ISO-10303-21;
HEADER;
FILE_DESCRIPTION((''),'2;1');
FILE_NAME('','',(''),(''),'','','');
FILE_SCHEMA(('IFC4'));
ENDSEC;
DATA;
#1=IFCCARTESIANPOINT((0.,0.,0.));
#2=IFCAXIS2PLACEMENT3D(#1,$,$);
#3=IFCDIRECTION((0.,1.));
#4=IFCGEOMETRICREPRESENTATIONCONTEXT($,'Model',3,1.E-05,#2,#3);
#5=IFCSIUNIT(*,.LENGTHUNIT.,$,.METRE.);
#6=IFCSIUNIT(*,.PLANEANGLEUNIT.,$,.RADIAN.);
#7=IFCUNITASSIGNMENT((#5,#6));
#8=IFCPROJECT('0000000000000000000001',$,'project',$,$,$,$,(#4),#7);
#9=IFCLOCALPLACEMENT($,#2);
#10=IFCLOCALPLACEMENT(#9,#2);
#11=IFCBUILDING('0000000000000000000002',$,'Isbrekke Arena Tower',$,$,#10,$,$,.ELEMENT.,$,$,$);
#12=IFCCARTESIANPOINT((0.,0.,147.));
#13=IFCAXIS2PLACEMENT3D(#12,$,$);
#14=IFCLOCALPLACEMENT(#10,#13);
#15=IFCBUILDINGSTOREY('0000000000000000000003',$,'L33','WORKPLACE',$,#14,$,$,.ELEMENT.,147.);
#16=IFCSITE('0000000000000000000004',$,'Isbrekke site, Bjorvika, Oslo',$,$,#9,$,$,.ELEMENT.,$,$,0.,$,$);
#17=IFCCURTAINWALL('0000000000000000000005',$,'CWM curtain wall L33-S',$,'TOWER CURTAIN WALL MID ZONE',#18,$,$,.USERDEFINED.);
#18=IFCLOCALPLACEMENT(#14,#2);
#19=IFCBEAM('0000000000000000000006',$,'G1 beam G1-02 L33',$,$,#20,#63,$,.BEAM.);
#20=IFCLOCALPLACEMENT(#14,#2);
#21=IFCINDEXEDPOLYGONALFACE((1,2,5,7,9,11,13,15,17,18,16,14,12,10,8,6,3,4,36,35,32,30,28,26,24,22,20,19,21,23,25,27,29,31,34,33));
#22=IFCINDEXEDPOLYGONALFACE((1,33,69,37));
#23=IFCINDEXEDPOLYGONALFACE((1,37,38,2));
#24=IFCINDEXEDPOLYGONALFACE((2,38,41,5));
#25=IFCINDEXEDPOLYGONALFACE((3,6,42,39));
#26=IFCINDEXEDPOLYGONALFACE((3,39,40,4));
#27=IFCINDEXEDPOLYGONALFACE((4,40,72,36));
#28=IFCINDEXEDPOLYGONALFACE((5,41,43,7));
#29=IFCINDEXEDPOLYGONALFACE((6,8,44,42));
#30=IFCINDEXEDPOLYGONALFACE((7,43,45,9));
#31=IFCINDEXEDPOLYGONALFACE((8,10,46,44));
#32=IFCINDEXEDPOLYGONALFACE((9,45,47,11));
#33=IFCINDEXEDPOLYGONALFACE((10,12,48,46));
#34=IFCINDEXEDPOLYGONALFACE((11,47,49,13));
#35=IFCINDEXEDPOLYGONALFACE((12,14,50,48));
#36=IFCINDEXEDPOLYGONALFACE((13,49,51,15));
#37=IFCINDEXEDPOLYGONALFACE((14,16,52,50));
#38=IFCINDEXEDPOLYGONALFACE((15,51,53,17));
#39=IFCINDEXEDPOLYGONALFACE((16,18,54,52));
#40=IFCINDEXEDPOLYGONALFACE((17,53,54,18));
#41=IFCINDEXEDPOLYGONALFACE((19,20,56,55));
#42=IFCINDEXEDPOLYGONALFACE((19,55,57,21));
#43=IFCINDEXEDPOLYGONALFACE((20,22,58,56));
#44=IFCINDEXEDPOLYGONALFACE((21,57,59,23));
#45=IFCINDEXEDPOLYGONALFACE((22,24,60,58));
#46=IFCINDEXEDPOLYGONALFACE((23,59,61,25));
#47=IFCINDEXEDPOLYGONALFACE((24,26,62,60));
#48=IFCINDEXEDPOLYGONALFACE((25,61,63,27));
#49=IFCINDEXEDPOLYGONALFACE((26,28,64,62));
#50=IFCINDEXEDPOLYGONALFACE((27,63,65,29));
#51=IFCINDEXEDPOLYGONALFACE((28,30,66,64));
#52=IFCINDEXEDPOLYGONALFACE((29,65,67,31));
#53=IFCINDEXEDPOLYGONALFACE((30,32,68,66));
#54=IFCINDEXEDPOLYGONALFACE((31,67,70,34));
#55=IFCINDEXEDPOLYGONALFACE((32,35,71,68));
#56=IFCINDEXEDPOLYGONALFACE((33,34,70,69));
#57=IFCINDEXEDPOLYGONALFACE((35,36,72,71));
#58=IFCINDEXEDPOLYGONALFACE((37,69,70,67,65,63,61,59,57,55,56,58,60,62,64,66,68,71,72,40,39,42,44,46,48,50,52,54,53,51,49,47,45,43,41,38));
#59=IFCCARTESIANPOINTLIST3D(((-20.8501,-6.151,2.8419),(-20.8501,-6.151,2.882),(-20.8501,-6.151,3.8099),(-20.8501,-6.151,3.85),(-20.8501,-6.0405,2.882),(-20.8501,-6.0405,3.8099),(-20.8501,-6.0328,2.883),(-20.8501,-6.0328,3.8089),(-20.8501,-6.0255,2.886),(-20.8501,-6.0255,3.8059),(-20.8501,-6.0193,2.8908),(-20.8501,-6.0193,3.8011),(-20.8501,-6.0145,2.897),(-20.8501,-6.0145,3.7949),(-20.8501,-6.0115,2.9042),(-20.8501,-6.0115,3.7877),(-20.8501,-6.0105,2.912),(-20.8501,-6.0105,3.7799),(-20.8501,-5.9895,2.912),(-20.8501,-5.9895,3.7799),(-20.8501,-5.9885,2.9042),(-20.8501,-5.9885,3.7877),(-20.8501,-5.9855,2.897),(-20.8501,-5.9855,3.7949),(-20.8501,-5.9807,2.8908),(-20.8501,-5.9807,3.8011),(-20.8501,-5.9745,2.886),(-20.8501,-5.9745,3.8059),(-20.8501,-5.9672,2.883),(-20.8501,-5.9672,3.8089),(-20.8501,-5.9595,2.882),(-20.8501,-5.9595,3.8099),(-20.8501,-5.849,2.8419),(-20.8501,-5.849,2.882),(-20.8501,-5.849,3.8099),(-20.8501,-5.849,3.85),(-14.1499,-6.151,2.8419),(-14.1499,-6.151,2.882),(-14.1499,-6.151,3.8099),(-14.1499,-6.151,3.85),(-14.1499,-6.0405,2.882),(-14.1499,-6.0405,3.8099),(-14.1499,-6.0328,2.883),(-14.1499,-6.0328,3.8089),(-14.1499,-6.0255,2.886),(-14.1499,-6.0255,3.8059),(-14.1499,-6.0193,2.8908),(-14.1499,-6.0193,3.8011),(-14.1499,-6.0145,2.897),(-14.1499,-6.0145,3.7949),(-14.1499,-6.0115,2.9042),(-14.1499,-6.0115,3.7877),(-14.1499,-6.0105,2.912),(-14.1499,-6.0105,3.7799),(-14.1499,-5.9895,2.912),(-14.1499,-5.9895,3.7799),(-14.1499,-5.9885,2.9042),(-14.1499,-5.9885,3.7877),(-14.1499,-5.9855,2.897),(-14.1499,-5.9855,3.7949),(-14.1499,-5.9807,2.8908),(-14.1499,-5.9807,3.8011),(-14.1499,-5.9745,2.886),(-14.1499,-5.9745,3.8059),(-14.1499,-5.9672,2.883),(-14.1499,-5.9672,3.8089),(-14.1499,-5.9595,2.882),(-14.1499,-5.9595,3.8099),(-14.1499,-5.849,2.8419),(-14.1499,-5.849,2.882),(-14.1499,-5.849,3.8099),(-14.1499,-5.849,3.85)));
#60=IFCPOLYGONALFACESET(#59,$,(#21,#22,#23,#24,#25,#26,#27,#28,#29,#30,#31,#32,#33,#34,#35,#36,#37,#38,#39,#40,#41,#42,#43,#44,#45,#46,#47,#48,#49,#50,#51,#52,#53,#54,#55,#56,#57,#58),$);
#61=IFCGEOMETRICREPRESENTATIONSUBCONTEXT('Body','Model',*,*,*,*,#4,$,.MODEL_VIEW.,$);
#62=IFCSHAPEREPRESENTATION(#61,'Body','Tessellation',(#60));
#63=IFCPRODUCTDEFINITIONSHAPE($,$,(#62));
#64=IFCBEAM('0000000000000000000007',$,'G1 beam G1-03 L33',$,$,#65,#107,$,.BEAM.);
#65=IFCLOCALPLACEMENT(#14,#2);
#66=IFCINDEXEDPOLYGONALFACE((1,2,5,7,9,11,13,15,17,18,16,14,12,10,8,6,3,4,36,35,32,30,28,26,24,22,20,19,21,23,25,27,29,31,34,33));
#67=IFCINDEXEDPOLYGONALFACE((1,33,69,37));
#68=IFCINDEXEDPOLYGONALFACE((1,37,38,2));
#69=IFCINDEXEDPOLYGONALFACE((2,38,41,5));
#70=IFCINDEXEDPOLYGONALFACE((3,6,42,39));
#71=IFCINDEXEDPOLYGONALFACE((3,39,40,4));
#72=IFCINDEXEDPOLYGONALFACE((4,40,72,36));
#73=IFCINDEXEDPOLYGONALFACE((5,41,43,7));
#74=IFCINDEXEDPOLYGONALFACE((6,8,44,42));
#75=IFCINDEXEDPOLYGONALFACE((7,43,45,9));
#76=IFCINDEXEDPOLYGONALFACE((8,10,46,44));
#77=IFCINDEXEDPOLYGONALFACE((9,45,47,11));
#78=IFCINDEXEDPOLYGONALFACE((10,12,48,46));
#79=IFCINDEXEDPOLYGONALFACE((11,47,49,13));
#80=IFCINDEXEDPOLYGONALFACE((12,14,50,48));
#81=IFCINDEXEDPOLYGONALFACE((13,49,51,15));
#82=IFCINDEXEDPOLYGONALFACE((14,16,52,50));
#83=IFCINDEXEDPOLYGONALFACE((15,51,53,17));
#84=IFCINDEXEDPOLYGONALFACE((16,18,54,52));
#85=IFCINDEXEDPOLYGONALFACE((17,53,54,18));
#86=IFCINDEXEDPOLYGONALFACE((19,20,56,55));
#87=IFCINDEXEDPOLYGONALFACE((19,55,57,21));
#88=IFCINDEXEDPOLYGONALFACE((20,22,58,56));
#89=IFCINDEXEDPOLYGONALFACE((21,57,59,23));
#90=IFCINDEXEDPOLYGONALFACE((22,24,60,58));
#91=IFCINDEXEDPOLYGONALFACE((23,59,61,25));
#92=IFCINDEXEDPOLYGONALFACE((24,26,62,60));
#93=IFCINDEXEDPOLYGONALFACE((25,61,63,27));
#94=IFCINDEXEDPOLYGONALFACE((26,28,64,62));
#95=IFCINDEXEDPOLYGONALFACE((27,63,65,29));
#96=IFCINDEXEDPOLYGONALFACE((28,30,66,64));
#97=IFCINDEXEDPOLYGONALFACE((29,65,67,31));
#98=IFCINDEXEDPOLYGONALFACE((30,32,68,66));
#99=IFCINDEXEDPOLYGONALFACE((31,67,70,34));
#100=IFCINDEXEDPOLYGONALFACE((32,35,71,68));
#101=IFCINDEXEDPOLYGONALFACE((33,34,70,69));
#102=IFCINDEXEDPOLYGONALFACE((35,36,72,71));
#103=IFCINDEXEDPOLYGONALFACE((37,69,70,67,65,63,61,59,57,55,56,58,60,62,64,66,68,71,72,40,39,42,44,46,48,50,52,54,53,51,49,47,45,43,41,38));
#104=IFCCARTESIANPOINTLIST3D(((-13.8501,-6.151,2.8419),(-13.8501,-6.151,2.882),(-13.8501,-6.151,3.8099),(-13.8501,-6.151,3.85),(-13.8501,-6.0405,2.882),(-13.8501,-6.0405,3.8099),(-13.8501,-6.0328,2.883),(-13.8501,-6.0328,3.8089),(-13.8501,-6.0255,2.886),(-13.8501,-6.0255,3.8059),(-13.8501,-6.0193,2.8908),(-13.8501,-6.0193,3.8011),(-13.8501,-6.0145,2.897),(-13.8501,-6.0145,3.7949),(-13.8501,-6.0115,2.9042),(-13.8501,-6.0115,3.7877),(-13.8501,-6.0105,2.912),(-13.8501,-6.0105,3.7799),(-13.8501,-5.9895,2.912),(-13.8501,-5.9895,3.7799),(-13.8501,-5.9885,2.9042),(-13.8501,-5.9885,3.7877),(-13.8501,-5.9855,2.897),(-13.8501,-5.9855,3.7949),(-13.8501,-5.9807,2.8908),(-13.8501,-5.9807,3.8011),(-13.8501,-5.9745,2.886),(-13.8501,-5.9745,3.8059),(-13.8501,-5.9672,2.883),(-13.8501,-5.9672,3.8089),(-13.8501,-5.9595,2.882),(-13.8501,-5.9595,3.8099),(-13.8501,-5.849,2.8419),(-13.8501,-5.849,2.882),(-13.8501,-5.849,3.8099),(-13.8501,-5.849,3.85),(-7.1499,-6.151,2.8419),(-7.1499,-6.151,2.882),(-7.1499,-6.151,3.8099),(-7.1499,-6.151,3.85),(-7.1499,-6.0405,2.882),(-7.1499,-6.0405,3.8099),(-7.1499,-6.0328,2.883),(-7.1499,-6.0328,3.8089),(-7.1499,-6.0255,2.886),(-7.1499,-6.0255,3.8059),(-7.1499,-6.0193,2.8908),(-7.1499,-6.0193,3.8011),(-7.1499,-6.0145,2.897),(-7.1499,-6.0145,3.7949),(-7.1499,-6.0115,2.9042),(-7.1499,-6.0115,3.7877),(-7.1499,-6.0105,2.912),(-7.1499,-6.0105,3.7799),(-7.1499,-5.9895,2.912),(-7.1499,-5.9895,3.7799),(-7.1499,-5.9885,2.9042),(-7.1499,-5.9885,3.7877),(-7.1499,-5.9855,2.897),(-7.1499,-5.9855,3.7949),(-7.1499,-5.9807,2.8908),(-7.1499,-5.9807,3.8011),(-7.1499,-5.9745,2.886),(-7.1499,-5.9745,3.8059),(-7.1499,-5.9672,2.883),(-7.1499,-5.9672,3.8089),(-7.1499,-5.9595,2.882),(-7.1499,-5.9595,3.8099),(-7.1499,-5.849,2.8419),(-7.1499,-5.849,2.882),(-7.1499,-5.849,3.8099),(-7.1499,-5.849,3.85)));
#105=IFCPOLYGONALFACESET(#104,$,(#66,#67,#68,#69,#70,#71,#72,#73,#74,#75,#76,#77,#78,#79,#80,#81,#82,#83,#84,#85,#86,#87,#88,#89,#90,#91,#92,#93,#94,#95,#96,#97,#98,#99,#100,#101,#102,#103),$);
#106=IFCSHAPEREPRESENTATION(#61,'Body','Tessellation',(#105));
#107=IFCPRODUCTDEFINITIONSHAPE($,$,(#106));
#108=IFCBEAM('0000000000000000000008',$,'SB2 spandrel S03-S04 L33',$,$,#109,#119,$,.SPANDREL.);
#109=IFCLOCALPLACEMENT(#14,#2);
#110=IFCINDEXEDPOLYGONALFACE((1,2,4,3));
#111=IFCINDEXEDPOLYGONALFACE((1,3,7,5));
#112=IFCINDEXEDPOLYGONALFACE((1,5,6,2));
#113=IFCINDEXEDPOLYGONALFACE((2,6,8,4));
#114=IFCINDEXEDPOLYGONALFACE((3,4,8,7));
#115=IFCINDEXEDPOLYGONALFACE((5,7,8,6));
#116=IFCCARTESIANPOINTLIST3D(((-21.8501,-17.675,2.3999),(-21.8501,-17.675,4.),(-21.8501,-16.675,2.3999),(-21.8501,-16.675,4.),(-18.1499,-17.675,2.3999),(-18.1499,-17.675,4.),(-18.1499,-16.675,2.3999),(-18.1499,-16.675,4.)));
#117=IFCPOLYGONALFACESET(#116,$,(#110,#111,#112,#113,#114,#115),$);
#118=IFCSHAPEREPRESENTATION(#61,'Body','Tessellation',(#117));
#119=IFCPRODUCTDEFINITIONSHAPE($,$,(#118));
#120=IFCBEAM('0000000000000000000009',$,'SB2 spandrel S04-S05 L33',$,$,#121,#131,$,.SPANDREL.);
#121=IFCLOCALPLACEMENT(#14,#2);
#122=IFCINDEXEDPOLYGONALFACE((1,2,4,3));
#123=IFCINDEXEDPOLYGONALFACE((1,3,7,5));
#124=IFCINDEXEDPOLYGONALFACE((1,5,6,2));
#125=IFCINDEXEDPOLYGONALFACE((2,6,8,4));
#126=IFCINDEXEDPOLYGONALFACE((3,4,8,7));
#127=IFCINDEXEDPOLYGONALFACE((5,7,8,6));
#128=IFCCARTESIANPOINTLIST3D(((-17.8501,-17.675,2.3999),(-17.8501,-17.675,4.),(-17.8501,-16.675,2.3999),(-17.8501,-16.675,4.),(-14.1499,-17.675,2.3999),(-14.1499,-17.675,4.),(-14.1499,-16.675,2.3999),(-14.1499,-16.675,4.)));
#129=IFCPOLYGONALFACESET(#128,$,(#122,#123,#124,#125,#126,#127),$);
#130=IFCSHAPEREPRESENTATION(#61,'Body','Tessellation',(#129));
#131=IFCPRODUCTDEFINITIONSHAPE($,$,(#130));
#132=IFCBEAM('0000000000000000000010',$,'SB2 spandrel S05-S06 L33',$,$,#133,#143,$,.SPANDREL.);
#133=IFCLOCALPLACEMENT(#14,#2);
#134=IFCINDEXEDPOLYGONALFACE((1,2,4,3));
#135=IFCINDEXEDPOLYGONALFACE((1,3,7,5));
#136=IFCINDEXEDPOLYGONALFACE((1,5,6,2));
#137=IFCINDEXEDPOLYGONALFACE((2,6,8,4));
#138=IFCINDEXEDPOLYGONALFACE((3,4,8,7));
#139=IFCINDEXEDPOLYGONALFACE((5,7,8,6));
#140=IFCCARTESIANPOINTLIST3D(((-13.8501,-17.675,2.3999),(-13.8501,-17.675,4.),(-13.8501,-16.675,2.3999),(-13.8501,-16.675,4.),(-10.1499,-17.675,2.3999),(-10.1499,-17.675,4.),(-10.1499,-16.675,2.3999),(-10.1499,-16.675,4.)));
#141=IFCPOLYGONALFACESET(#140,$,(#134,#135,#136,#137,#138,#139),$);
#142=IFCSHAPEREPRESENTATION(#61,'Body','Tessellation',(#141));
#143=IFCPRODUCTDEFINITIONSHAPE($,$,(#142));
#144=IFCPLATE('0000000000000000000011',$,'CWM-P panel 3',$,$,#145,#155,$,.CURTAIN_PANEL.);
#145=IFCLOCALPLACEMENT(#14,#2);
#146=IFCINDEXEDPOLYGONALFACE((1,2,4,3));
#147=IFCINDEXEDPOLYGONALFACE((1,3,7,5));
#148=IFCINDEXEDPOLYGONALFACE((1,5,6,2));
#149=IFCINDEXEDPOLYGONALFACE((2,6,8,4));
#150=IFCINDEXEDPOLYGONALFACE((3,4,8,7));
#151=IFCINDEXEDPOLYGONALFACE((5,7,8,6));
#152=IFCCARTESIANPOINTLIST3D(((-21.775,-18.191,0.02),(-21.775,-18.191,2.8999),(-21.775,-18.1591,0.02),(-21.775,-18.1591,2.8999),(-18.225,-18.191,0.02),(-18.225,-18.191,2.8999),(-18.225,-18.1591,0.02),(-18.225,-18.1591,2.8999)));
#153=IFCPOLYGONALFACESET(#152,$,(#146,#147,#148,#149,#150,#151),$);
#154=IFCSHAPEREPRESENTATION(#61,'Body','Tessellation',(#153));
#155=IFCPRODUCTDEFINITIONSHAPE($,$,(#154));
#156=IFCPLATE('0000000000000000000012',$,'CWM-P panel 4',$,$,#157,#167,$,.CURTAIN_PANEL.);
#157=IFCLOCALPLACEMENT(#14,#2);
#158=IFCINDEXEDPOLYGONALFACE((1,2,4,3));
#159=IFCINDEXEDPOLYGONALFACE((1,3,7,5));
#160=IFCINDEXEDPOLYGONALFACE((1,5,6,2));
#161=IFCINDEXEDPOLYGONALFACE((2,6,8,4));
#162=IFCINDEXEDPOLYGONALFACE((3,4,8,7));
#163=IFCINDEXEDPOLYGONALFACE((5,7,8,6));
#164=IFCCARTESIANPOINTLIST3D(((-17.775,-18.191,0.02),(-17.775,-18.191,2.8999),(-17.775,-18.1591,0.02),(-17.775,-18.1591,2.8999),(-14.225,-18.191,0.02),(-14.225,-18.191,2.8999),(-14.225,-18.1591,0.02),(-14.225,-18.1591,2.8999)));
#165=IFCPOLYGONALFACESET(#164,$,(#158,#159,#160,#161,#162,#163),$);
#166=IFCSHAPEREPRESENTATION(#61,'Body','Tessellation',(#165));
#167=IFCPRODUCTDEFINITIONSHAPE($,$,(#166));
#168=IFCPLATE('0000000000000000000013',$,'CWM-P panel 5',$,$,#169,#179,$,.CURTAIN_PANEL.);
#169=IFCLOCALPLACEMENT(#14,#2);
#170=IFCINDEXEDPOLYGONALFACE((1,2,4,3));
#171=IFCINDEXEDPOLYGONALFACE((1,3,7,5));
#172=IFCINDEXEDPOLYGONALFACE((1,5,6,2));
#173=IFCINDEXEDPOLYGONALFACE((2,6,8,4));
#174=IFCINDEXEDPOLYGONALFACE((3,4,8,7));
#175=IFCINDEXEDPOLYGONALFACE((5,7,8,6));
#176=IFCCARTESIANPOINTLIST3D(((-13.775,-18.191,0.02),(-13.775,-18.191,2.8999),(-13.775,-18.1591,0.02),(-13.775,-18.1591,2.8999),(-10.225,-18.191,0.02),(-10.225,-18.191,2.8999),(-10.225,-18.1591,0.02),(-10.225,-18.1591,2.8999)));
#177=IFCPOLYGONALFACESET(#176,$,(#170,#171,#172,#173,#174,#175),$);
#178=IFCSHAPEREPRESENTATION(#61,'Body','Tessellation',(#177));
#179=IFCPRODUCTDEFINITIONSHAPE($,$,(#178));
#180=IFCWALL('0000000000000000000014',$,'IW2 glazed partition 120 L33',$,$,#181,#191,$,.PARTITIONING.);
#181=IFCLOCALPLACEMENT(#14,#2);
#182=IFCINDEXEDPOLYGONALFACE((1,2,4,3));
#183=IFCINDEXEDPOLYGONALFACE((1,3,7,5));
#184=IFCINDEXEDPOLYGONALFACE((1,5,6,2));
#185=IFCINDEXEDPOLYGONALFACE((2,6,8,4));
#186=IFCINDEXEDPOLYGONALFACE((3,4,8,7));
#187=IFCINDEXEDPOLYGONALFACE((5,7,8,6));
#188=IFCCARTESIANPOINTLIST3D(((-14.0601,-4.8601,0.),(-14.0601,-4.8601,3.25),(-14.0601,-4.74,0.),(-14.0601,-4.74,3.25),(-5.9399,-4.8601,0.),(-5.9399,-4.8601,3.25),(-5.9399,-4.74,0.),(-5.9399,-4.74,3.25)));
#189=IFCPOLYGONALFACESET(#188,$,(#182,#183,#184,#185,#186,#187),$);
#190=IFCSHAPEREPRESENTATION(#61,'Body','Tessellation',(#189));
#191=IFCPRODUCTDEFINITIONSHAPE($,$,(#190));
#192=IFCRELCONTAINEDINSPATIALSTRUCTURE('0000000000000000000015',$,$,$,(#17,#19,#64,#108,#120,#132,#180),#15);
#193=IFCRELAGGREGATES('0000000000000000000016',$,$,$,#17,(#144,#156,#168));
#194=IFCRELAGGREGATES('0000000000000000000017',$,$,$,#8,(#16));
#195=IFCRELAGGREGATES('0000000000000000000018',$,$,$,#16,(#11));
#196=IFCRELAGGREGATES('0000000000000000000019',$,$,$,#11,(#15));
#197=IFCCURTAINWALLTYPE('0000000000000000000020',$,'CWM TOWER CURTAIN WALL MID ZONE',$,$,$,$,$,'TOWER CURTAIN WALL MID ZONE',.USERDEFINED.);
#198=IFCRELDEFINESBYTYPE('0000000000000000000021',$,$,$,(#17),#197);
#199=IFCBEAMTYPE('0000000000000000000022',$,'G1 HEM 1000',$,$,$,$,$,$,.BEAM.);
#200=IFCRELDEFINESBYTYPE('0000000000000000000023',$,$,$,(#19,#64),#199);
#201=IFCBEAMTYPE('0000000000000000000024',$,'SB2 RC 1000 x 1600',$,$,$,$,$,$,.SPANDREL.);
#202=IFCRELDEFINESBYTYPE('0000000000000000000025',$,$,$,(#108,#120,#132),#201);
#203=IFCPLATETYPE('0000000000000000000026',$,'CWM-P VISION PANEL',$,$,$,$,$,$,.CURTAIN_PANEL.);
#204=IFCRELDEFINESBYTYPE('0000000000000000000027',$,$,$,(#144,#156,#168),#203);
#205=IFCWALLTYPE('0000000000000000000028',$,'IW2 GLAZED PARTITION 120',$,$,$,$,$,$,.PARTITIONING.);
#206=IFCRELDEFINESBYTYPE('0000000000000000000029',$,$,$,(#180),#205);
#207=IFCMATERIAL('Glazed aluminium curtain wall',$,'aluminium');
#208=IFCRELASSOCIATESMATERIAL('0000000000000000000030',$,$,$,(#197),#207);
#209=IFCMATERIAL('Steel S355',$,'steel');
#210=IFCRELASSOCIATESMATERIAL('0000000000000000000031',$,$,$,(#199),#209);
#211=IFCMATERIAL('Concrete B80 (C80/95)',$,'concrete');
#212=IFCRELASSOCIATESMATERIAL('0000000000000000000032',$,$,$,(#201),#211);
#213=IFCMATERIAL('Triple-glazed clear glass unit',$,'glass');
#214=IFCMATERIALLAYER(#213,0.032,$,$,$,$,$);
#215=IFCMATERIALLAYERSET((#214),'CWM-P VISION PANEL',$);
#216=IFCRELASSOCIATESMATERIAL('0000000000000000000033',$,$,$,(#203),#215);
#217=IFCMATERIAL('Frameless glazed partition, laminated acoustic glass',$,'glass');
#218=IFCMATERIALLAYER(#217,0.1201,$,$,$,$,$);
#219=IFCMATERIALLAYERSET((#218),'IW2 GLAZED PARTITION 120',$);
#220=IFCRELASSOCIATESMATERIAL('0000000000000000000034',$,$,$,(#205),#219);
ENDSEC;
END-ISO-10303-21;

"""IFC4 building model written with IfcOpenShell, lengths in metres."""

from ifc_helpers import new_model, si_unit, direction, frame, frame_2d, origin, origin_2d, place, context, subcontext, project, spatial, rectangle, i_section, extrude, material, layer, layer_set, material_profile, profile_set, type_object, element, aggregate, save


model = new_model("IFC4")

# Units and contexts
model_context = context("Model", 3, precision=1e-05, world=origin(), true_north=direction((0.0, 1.0)))
body_context = subcontext(model_context, "Body", "Model", "MODEL_VIEW")
ifc_project = project(units=[si_unit("LENGTHUNIT", "METRE"), si_unit("PLANEANGLEUNIT", "RADIAN")], contexts=[model_context])

# Site, building, storey
site_placement = place(None, origin())
site = spatial("IfcSite", under=ifc_project, at=site_placement, Name="Isbrekke site, Bjorvika, Oslo", CompositionType="ELEMENT", RefElevation=0.0)
building_placement = place(site_placement, origin())
building = spatial("IfcBuilding", under=site, at=building_placement, Name="Isbrekke Arena Tower", CompositionType="ELEMENT")
storey_placement = place(building_placement, frame((0.0, 0.0, 147.0)))
storey = spatial("IfcBuildingStorey", under=building, at=storey_placement, Name="L33", Description="WORKPLACE", CompositionType="ELEMENT", Elevation=147.0)

# Curtain wall
ifc_material_1 = material(Name="Glazed aluminium curtain wall", Category="aluminium")
curtain_wall_type = type_object("IfcCurtainWallType", Name="CWM TOWER CURTAIN WALL MID ZONE", ElementType="TOWER CURTAIN WALL MID ZONE", PredefinedType="USERDEFINED", material=ifc_material_1)
curtain_wall_placement = place(storey_placement, origin())
curtain_wall = element("IfcCurtainWall", 1, at=curtain_wall_placement, inside=storey, type_object=curtain_wall_type, Name="CWM curtain wall L33-S", ObjectType="TOWER CURTAIN WALL MID ZONE", PredefinedType="USERDEFINED")

# Beams
ifc_material_2 = material(Name="Steel S355", Category="steel")
ifc_material_profile_1 = material_profile(ifc_material_2, i_section(OverallWidth=0.302, OverallDepth=1.0081, WebThickness=0.021, FlangeThickness=0.04, FilletRadius=0.03, at=origin_2d()), Name="HEM 1000")
ifc_profile_set_1 = profile_set([ifc_material_profile_1], Name="Steel S355")
beam_type_1 = type_object("IfcBeamType", Name="G1 HEM 1000", PredefinedType="BEAM", material=ifc_profile_set_1)
for number, where, z_axis, x_axis, name in (
    (2, (-20.8501, -6.0, 3.3459), (1.0, 0.0, 0.0), (0.0, 1.0, 0.0), "G1 beam G1-02 L33"),
    (3, (-13.8501, -6.0, 3.3459), (1.0, 0.0, 0.0), (0.0, 1.0, 0.0), "G1 beam G1-03 L33"),
):
    element("IfcBeam", number, at=place(storey_placement, frame(where, z_axis=z_axis, x_axis=x_axis)), inside=storey, type_object=beam_type_1, Name=name, PredefinedType="BEAM", context=body_context, shape_type="SweptSolid", body=[
        extrude(i_section(OverallWidth=0.302, OverallDepth=1.0081, WebThickness=0.021, FlangeThickness=0.04, FilletRadius=0.03, at=origin_2d()), origin(), (0.0, 0.0, 1.0), 6.7002),
    ])
ifc_material_3 = material(Name="Concrete B80 (C80/95)", Category="concrete")
ifc_material_profile_2 = material_profile(ifc_material_3, rectangle(XDim=1.0, YDim=1.6001, at=origin_2d()), Name="RC 1000x1600")
ifc_profile_set_2 = profile_set([ifc_material_profile_2], Name="Concrete B80 (C80/95)")
beam_type_2 = type_object("IfcBeamType", Name="SB2 RC 1000 x 1600", PredefinedType="SPANDREL", material=ifc_profile_set_2)
for number, where, z_axis, x_axis, name in (
    (4, (-21.8501, -17.175, 3.2), (1.0, 0.0, 0.0), (0.0, 1.0, 0.0), "SB2 spandrel S03-S04 L33"),
    (5, (-17.8501, -17.175, 3.2), (1.0, 0.0, 0.0), (0.0, 1.0, 0.0), "SB2 spandrel S04-S05 L33"),
    (6, (-13.8501, -17.175, 3.2), (1.0, 0.0, 0.0), (0.0, 1.0, 0.0), "SB2 spandrel S05-S06 L33"),
):
    element("IfcBeam", number, at=place(storey_placement, frame(where, z_axis=z_axis, x_axis=x_axis)), inside=storey, type_object=beam_type_2, Name=name, PredefinedType="SPANDREL", context=body_context, shape_type="SweptSolid", body=[
        extrude(rectangle(XDim=1.0, YDim=1.6001, at=origin_2d()), origin(), (0.0, 0.0, 1.0), 3.7002),
    ])

# Plates
ifc_material_4 = material(Name="Triple-glazed clear glass unit", Category="glass")
ifc_layer_1 = layer(ifc_material_4, 0.032)
ifc_layer_set_1 = layer_set([ifc_layer_1], Name="CWM-P VISION PANEL")
plate_type = type_object("IfcPlateType", Name="CWM-P VISION PANEL", PredefinedType="CURTAIN_PANEL", material=ifc_layer_set_1)
plate_1_placement = place(storey_placement, frame((-20.0, -18.175, 0.02), z_axis=(0.0, 0.0, 1.0), x_axis=(1.0, 0.0, 0.0)))
plate_1 = element("IfcPlate", 7, at=plate_1_placement, type_object=plate_type, Name="CWM-P panel 3", PredefinedType="CURTAIN_PANEL", context=body_context, shape_type="SweptSolid", body=[
    extrude(rectangle(XDim=3.55, YDim=0.032, at=origin_2d()), origin(), (0.0, 0.0, 1.0), 2.8799),
])
plate_2_placement = place(storey_placement, frame((-16.0, -18.175, 0.02), z_axis=(0.0, 0.0, 1.0), x_axis=(1.0, 0.0, 0.0)))
plate_2 = element("IfcPlate", 8, at=plate_2_placement, type_object=plate_type, Name="CWM-P panel 4", PredefinedType="CURTAIN_PANEL", context=body_context, shape_type="SweptSolid", body=[
    extrude(rectangle(XDim=3.55, YDim=0.032, at=origin_2d()), origin(), (0.0, 0.0, 1.0), 2.8799),
])
plate_3_placement = place(storey_placement, frame((-12.0, -18.175, 0.02), z_axis=(0.0, 0.0, 1.0), x_axis=(1.0, 0.0, 0.0)))
plate_3 = element("IfcPlate", 9, at=plate_3_placement, type_object=plate_type, Name="CWM-P panel 5", PredefinedType="CURTAIN_PANEL", context=body_context, shape_type="SweptSolid", body=[
    extrude(rectangle(XDim=3.55, YDim=0.032, at=origin_2d()), origin(), (0.0, 0.0, 1.0), 2.8799),
])
aggregate(curtain_wall, [plate_1, plate_2, plate_3])

# Wall
ifc_material_5 = material(Name="Frameless glazed partition, laminated acoustic glass", Category="glass")
ifc_layer_2 = layer(ifc_material_5, 0.1201)
ifc_layer_set_2 = layer_set([ifc_layer_2], Name="IW2 GLAZED PARTITION 120")
wall_type = type_object("IfcWallType", Name="IW2 GLAZED PARTITION 120", PredefinedType="PARTITIONING", material=ifc_layer_set_2)
wall_1_placement = place(storey_placement, frame((-14.0601, -4.8, 0.0), z_axis=(0.0, 0.0, 1.0), x_axis=(1.0, 0.0, 0.0)))
element("IfcWall", 10, at=wall_1_placement, inside=storey, type_object=wall_type, Name="IW2 glazed partition 120 L33", PredefinedType="PARTITIONING", context=body_context, shape_type="SweptSolid", body=[
    extrude(rectangle(XDim=8.1201, YDim=0.1201, at=frame_2d((4.0601, 0.0))), origin(), (0.0, 0.0, 1.0), 3.25),
])

save(model, "model.ifc")
